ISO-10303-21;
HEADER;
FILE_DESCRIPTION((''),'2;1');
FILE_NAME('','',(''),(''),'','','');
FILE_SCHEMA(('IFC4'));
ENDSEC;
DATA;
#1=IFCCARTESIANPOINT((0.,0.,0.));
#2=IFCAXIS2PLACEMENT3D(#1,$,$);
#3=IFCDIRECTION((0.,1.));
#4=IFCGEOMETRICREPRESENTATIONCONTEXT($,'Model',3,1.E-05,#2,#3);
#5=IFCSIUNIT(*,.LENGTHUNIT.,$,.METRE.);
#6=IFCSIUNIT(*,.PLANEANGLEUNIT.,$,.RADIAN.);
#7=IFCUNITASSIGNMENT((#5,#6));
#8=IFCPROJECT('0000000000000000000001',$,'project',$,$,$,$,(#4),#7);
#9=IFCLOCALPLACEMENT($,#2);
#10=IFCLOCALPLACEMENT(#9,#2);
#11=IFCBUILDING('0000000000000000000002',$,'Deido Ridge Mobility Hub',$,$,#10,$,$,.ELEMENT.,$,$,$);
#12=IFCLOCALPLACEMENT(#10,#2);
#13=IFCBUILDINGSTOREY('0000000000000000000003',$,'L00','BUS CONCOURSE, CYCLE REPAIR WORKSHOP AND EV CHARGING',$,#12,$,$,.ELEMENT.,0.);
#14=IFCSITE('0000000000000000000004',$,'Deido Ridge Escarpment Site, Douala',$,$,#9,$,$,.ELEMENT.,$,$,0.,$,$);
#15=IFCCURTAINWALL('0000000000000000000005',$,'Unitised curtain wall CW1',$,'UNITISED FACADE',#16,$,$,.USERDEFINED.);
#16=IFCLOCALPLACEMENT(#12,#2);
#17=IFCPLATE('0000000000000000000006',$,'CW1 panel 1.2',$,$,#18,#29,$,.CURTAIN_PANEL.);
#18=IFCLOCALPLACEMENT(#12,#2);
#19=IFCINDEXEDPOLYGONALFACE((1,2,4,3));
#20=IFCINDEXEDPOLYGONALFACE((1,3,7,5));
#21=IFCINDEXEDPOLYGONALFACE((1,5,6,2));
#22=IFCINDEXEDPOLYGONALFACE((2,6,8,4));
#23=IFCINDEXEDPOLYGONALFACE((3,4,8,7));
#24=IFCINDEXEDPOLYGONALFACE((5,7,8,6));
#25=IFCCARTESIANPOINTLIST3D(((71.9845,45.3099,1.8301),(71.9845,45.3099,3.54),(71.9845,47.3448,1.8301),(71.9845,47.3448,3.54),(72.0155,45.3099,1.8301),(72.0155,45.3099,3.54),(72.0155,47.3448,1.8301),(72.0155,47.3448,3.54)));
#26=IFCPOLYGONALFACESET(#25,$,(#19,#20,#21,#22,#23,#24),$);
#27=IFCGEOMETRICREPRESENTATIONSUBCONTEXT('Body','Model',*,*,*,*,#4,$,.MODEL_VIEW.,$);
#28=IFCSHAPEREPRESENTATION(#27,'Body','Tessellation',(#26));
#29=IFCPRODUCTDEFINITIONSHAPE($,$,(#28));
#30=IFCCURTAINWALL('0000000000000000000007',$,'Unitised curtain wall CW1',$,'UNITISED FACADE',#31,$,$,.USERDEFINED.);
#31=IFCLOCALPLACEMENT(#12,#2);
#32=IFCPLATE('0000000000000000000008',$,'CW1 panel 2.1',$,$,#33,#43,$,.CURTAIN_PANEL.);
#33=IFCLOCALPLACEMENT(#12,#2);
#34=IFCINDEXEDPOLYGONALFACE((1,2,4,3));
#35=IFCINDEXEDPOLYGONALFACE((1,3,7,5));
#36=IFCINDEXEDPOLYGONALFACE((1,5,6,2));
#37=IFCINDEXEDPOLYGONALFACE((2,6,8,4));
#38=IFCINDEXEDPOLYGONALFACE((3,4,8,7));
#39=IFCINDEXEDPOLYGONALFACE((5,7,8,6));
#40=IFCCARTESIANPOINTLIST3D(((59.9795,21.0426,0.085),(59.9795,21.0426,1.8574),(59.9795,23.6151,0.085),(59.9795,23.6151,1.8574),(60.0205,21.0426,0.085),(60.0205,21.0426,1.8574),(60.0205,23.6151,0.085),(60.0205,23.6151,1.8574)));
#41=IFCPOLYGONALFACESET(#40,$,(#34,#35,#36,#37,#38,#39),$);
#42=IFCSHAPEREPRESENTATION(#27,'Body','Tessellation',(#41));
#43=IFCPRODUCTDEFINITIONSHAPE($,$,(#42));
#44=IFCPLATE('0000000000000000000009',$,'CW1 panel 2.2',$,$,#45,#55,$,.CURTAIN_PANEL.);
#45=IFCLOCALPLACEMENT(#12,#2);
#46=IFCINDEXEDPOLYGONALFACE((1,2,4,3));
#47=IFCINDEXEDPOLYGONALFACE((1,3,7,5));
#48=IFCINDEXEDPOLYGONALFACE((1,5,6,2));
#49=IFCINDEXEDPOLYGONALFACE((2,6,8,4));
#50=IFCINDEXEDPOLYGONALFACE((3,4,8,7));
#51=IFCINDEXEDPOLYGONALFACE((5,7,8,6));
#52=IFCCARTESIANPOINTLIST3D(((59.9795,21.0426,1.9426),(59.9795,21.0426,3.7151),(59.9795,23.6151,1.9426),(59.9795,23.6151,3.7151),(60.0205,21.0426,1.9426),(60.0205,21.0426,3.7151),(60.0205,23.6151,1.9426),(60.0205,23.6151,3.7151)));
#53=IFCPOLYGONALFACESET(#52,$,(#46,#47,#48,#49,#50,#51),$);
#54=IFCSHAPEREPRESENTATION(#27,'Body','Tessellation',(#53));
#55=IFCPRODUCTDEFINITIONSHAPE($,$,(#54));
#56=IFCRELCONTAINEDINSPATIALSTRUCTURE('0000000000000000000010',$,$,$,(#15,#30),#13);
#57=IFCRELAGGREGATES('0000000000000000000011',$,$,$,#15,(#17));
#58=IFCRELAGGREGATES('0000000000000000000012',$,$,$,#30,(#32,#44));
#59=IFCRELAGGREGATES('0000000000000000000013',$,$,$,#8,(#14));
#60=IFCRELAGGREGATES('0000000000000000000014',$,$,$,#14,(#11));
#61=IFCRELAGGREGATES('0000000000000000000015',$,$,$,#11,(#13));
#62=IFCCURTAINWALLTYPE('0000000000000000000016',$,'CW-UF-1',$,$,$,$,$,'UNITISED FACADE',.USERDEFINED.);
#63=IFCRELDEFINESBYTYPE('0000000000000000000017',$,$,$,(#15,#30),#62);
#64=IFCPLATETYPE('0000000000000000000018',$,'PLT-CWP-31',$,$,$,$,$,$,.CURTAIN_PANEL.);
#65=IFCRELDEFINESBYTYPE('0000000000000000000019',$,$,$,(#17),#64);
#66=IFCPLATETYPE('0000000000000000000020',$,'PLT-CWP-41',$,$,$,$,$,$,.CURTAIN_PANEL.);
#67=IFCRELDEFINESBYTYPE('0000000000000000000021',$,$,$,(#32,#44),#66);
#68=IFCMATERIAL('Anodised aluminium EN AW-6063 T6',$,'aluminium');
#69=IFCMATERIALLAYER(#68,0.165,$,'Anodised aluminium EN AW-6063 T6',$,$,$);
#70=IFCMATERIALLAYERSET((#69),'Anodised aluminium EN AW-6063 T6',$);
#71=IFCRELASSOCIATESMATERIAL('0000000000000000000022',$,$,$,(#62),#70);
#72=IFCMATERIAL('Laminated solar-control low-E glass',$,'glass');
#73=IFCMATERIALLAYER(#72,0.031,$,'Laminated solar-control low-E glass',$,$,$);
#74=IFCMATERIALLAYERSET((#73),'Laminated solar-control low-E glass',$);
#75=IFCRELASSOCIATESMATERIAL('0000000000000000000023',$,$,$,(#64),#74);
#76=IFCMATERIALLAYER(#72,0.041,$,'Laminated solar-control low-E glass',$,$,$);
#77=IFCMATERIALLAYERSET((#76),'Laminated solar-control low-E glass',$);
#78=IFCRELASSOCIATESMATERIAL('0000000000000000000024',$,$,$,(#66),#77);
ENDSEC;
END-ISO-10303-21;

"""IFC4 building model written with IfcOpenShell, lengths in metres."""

from ifc_helpers import new_model, si_unit, direction, frame, origin, origin_2d, place, context, subcontext, project, spatial, rectangle, extrude, material, layer, layer_set, type_object, element, aggregate, save


model = new_model("IFC4")

# Units and contexts
model_context = context("Model", 3, precision=1e-05, world=origin(), true_north=direction((0.0, 1.0)))
body_context = subcontext(model_context, "Body", "Model", "MODEL_VIEW")
ifc_project = project(units=[si_unit("LENGTHUNIT", "METRE"), si_unit("PLANEANGLEUNIT", "RADIAN")], contexts=[model_context])

# Site, building, storey
site_placement = place(None, origin())
site = spatial("IfcSite", under=ifc_project, at=site_placement, Name="Deido Ridge Escarpment Site, Douala", CompositionType="ELEMENT", RefElevation=0.0)
building_placement = place(site_placement, origin())
building = spatial("IfcBuilding", under=site, at=building_placement, Name="Deido Ridge Mobility Hub", CompositionType="ELEMENT")
storey_placement = place(building_placement, origin())
storey = spatial("IfcBuildingStorey", under=building, at=storey_placement, Name="L00", Description="BUS CONCOURSE, CYCLE REPAIR WORKSHOP AND EV CHARGING", CompositionType="ELEMENT", Elevation=0.0)

# Shared definitions
ifc_material_1 = material(Name="Anodised aluminium EN AW-6063 T6", Category="aluminium")

# Curtain wall
ifc_layer_1 = layer(ifc_material_1, 0.165, Name="Anodised aluminium EN AW-6063 T6")
ifc_layer_set_1 = layer_set([ifc_layer_1], Name="Anodised aluminium EN AW-6063 T6")
curtain_wall_type_1 = type_object("IfcCurtainWallType", Name="CW-UF-1", ElementType="UNITISED FACADE", PredefinedType="USERDEFINED", material=ifc_layer_set_1)
curtain_wall_1_placement = place(storey_placement, origin())
curtain_wall_1 = element("IfcCurtainWall", 1, at=curtain_wall_1_placement, inside=storey, type_object=curtain_wall_type_1, Name="Unitised curtain wall CW1", ObjectType="UNITISED FACADE", PredefinedType="USERDEFINED")

# Plate
ifc_material_2 = material(Name="Laminated solar-control low-E glass", Category="glass")
ifc_layer_2 = layer(ifc_material_2, 0.031, Name="Laminated solar-control low-E glass")
ifc_layer_set_2 = layer_set([ifc_layer_2], Name="Laminated solar-control low-E glass")
plate_type_1 = type_object("IfcPlateType", Name="PLT-CWP-31", PredefinedType="CURTAIN_PANEL", material=ifc_layer_set_2)
plate_1_placement = place(storey_placement, frame((72.0, 46.3274, 1.8301), z_axis=(0.0, 0.0, 1.0), x_axis=(0.0, 1.0, 0.0)))
plate_1 = element("IfcPlate", 2, at=plate_1_placement, type_object=plate_type_1, Name="CW1 panel 1.2", PredefinedType="CURTAIN_PANEL", context=body_context, shape_type="SweptSolid", body=[
    extrude(rectangle(XDim=2.0349, YDim=0.031, at=origin_2d()), origin(), (0.0, 0.0, 1.0), 1.71),
])
aggregate(curtain_wall_1, [plate_1])

# Curtain wall, plates
curtain_wall_2_placement = place(storey_placement, origin())
curtain_wall_2 = element("IfcCurtainWall", 3, at=curtain_wall_2_placement, inside=storey, type_object=curtain_wall_type_1, Name="Unitised curtain wall CW1", ObjectType="UNITISED FACADE", PredefinedType="USERDEFINED")
ifc_layer_3 = layer(ifc_material_2, 0.041, Name="Laminated solar-control low-E glass")
ifc_layer_set_3 = layer_set([ifc_layer_3], Name="Laminated solar-control low-E glass")
plate_type_2 = type_object("IfcPlateType", Name="PLT-CWP-41", PredefinedType="CURTAIN_PANEL", material=ifc_layer_set_3)
plate_2_placement = place(storey_placement, frame((60.0, 22.3289, 0.085), z_axis=(0.0, 0.0, 1.0), x_axis=(0.0, 1.0, 0.0)))
plate_2 = element("IfcPlate", 4, at=plate_2_placement, type_object=plate_type_2, Name="CW1 panel 2.1", PredefinedType="CURTAIN_PANEL", context=body_context, shape_type="SweptSolid", body=[
    extrude(rectangle(XDim=2.5725, YDim=0.041, at=origin_2d()), origin(), (0.0, 0.0, 1.0), 1.7725),
])
plate_3_placement = place(storey_placement, frame((60.0, 22.3289, 1.9426), z_axis=(0.0, 0.0, 1.0), x_axis=(0.0, 1.0, 0.0)))
plate_3 = element("IfcPlate", 5, at=plate_3_placement, type_object=plate_type_2, Name="CW1 panel 2.2", PredefinedType="CURTAIN_PANEL", context=body_context, shape_type="SweptSolid", body=[
    extrude(rectangle(XDim=2.5725, YDim=0.041, at=origin_2d()), origin(), (0.0, 0.0, 1.0), 1.7725),
])
aggregate(curtain_wall_2, [plate_2, plate_3])

save(model, "model.ifc")
